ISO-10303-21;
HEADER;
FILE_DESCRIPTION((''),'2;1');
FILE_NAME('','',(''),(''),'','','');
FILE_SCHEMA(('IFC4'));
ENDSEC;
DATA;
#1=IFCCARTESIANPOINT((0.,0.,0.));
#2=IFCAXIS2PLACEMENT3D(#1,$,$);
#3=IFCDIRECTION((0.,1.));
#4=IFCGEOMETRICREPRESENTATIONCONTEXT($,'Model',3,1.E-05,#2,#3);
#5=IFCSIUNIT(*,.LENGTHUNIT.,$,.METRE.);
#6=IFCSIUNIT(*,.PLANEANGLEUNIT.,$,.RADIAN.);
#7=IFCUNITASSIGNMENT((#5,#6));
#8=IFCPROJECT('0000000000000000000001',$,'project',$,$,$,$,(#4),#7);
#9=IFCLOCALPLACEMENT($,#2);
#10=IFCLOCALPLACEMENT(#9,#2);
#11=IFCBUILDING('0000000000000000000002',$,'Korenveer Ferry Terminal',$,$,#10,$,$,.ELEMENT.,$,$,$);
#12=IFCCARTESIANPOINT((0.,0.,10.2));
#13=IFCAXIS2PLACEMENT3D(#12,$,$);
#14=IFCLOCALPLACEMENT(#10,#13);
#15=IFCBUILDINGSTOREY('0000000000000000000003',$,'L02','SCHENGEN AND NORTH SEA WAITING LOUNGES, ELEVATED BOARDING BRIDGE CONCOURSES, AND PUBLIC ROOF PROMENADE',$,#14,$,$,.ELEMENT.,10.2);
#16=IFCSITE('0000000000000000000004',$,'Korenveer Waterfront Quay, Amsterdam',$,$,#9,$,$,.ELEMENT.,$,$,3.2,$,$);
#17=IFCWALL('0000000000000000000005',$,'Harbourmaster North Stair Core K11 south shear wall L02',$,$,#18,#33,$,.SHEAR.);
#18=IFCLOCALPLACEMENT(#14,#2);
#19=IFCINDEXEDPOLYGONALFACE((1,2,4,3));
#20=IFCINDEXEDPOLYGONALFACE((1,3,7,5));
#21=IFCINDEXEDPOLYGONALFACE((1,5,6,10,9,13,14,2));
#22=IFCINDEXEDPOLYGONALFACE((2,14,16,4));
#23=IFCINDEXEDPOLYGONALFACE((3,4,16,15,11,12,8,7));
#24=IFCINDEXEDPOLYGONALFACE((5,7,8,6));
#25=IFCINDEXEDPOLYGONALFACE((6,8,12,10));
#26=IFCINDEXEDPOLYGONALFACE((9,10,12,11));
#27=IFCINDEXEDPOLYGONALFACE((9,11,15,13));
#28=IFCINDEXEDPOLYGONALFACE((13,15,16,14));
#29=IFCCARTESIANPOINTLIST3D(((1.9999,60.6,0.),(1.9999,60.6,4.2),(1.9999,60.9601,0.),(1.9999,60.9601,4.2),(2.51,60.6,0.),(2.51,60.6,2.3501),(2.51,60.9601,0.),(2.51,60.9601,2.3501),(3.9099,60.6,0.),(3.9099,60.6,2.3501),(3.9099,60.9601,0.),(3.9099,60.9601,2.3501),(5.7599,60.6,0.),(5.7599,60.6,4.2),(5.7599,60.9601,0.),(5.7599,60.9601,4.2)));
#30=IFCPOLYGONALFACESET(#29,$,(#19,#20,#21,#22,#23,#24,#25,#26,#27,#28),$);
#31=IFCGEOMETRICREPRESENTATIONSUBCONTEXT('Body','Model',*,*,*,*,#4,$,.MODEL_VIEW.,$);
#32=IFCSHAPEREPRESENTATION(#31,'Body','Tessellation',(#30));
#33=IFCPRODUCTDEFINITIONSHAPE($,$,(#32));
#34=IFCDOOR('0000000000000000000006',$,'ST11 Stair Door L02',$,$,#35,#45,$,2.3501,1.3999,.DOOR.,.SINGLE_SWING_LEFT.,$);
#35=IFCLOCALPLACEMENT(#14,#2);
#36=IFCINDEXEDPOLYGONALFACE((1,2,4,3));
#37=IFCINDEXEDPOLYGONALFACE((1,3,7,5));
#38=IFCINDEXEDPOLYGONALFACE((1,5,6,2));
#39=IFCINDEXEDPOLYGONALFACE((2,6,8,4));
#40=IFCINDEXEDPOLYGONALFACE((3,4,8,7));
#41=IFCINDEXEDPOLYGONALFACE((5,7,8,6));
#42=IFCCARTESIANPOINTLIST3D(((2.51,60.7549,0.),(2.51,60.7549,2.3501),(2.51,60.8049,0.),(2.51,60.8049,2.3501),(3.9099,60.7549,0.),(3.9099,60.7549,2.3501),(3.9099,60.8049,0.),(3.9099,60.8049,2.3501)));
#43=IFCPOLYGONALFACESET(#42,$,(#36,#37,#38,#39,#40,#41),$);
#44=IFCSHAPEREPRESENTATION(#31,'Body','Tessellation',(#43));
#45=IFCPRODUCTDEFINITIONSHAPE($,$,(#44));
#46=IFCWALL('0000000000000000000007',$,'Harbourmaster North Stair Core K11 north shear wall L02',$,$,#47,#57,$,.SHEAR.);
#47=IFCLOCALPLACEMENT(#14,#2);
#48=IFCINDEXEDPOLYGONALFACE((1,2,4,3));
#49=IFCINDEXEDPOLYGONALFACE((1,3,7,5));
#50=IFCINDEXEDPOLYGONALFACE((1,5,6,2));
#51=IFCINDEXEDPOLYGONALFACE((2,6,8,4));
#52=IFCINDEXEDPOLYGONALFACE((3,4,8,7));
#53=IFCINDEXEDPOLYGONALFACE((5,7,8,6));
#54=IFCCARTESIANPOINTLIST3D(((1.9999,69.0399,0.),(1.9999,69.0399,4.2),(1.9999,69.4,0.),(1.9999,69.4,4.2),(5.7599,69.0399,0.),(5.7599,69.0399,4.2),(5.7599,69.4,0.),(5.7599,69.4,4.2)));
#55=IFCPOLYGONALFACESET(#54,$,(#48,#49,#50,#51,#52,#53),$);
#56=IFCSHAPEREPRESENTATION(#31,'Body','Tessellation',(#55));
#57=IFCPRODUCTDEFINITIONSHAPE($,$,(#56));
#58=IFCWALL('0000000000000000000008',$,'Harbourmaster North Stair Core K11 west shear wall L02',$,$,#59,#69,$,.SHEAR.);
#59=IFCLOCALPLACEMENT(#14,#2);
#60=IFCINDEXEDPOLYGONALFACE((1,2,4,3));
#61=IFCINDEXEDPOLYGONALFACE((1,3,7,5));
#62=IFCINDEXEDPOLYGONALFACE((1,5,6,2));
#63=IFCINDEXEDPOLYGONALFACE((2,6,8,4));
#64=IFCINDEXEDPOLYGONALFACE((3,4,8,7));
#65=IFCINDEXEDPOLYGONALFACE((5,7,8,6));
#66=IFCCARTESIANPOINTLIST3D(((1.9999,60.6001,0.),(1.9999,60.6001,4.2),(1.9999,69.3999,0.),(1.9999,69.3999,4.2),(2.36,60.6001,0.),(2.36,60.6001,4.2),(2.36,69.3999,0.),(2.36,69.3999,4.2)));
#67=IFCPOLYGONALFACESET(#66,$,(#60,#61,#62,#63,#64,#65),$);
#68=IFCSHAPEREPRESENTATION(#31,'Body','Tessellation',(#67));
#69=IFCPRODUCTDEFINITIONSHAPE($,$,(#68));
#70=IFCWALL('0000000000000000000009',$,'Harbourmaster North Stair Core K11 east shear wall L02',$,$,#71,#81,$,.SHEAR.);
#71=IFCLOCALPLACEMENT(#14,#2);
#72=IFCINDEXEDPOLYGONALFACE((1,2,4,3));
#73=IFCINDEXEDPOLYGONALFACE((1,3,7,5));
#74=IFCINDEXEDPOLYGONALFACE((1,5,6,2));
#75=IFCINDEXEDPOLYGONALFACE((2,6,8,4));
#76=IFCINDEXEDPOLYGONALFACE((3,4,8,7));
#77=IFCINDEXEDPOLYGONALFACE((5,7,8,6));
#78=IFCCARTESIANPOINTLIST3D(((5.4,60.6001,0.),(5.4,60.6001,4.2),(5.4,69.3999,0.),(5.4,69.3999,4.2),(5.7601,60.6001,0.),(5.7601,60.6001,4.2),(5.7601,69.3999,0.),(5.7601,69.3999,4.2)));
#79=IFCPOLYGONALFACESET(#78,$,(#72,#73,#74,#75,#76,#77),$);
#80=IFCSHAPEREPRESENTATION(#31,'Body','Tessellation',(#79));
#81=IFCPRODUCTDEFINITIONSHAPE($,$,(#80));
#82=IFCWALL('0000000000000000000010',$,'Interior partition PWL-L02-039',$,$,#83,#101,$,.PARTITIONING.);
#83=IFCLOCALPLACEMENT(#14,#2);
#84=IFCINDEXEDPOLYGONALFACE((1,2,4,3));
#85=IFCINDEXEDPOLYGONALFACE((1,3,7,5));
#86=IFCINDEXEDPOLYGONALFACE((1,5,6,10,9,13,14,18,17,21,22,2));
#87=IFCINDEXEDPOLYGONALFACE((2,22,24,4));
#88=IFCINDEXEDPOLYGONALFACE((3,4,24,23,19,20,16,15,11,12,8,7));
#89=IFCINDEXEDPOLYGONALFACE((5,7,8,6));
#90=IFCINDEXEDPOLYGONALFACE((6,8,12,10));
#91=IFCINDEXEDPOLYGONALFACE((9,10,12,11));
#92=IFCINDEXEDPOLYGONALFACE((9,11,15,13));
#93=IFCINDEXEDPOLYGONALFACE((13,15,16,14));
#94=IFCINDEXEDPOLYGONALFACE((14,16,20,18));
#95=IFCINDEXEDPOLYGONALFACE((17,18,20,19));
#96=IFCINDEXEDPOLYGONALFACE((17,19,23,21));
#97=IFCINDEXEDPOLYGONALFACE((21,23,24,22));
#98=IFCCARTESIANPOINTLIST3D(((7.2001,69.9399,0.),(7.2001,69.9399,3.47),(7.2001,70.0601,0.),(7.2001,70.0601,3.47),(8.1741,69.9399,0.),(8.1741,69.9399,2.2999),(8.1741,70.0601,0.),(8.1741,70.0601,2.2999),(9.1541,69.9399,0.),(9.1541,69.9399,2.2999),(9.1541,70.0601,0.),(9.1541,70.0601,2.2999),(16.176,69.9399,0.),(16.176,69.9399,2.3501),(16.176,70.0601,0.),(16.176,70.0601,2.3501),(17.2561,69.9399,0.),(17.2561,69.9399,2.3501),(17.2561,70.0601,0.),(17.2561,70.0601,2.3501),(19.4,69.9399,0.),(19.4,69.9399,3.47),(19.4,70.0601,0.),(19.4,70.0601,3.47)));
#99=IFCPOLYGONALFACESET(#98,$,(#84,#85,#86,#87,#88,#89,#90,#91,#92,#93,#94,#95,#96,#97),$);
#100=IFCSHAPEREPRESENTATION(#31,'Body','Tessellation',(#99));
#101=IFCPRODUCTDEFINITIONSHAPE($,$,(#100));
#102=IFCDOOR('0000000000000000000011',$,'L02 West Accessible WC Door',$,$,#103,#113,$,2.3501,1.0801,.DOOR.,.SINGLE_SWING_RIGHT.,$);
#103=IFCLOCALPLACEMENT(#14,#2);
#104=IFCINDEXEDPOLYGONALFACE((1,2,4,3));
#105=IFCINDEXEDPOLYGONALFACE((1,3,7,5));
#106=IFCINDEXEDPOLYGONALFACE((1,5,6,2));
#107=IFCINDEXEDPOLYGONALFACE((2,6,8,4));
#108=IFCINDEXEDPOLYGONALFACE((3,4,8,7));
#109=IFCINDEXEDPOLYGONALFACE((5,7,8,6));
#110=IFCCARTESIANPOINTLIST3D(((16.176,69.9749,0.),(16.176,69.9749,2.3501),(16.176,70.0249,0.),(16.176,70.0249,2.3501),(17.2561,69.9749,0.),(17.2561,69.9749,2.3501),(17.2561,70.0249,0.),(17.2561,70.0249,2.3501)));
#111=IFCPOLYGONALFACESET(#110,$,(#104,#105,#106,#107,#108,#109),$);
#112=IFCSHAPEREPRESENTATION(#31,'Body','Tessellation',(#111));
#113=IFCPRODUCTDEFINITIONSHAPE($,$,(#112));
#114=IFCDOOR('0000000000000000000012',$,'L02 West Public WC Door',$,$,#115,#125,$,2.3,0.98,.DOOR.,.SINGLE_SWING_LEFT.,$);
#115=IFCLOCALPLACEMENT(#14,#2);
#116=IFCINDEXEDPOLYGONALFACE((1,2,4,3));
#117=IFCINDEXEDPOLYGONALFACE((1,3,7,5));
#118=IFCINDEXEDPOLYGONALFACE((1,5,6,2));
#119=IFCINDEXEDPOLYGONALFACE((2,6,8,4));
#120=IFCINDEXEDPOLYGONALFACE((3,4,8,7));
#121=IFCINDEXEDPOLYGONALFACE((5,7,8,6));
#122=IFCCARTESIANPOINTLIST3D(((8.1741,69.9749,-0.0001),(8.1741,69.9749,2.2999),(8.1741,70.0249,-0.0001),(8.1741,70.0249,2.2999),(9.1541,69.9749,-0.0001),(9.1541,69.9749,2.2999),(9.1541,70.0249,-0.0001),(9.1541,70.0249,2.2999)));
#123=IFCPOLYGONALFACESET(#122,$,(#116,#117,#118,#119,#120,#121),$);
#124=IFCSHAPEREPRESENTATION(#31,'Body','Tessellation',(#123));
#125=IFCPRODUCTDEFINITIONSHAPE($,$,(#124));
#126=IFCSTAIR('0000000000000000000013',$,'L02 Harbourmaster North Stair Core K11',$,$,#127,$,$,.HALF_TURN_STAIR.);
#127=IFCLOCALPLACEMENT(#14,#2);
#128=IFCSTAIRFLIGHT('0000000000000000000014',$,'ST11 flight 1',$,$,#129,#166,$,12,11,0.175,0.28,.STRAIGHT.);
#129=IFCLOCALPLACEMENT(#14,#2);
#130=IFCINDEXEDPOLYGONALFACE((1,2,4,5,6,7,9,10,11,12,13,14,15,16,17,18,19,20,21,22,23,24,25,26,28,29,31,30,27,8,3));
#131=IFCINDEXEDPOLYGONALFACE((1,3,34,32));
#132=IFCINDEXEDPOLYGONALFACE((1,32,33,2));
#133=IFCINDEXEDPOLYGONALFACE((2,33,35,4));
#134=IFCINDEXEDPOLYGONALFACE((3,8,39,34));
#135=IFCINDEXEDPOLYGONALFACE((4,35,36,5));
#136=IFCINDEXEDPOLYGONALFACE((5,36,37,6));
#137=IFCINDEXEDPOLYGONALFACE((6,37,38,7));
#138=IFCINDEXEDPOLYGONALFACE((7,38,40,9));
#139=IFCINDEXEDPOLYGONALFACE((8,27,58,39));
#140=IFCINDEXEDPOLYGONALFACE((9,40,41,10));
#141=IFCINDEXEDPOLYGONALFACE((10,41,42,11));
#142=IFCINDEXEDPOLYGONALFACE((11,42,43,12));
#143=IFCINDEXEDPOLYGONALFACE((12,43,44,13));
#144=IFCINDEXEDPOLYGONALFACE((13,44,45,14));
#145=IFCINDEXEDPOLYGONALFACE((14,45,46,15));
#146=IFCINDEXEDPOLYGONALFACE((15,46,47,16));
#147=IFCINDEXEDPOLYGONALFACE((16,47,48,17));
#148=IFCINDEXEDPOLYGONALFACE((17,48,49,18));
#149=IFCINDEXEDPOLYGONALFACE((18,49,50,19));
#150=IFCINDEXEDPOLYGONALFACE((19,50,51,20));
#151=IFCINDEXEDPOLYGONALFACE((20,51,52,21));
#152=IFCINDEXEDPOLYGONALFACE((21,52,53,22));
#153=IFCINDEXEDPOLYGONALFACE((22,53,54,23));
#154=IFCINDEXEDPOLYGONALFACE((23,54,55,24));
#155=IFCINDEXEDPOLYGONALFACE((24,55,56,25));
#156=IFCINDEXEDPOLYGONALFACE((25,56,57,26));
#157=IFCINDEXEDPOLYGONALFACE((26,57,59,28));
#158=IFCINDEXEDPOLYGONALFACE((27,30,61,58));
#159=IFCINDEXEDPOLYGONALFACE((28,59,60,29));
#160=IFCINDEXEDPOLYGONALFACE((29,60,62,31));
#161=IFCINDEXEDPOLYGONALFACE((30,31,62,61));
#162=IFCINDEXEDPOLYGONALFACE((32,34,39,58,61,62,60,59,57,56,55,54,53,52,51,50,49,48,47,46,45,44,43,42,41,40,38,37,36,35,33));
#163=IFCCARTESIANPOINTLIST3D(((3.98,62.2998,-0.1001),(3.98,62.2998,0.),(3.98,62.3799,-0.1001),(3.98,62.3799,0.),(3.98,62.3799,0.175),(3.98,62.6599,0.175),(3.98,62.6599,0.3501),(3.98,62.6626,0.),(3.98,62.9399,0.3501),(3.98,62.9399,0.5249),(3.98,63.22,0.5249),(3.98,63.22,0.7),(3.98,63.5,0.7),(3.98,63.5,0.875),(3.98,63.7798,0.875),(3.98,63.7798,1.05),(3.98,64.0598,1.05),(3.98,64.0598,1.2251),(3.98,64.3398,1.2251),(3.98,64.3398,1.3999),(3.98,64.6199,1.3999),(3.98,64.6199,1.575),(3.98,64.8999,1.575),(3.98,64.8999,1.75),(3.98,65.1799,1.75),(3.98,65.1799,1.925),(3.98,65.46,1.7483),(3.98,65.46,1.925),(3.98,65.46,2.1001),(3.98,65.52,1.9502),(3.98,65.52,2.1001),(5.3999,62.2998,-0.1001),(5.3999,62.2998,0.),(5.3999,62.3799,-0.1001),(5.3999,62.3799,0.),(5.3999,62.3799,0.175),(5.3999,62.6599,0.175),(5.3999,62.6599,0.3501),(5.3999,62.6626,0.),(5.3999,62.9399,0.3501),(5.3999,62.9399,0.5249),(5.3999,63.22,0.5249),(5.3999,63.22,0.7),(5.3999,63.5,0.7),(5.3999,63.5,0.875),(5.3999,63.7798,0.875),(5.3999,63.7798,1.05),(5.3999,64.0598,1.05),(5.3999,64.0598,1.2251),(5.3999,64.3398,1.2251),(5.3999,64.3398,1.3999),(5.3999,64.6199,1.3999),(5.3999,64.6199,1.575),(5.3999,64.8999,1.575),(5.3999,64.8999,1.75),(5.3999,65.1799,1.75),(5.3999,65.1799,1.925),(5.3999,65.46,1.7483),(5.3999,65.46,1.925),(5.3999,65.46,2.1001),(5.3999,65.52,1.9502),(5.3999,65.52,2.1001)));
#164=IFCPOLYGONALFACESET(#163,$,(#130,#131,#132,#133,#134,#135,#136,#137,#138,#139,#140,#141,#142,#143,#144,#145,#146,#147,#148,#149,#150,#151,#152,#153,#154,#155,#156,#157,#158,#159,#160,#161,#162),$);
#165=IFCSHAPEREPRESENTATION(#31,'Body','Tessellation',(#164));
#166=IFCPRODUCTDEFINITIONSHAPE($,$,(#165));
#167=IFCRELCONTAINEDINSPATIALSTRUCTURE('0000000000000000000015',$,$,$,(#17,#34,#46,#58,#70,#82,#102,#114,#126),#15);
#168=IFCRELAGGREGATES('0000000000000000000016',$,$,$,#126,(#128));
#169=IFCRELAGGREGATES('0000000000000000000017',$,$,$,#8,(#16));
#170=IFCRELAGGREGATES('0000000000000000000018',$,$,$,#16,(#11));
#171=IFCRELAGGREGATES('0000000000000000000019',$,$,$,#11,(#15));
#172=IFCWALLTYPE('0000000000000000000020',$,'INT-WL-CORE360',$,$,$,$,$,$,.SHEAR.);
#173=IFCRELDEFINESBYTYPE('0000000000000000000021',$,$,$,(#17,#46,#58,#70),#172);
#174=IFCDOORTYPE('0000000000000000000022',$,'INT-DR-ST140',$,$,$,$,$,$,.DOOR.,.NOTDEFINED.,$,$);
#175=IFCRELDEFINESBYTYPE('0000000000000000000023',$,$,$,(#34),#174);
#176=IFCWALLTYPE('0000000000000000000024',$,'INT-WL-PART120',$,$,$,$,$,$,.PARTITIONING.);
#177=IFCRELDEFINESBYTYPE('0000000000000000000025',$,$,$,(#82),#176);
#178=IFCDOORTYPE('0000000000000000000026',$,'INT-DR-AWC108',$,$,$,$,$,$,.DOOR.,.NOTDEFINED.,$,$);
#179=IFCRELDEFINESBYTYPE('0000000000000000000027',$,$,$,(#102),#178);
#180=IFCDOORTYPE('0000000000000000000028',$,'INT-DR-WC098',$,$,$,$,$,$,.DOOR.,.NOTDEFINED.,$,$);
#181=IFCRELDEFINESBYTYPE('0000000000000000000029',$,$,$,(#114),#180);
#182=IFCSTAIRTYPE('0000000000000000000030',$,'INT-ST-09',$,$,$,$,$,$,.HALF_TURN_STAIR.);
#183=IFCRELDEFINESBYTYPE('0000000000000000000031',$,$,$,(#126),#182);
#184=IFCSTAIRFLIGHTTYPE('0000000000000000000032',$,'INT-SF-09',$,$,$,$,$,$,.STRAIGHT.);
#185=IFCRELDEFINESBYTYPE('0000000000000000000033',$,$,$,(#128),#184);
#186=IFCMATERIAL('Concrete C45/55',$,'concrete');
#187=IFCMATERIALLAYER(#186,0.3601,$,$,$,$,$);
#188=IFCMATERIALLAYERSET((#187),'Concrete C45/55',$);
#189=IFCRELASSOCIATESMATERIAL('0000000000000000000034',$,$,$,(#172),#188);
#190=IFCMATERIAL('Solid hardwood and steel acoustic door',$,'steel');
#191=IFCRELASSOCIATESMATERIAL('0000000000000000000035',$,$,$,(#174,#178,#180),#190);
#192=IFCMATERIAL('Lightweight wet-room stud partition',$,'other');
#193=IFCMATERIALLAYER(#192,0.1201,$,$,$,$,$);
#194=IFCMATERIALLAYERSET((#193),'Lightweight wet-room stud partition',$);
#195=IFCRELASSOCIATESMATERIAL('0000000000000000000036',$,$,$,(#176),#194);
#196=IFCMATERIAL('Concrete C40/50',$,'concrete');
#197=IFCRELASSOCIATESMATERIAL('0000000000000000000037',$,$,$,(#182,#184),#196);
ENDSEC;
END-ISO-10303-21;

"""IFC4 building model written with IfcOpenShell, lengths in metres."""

from ifc_helpers import new_model, si_unit, direction, frame, frame_2d, origin, place, context, subcontext, project, spatial, polyline, rectangle, outline, extrude, material, layer, layer_set, type_object, element, fill, aggregate, save


model = new_model("IFC4")

# Units and contexts
model_context = context("Model", 3, precision=1e-05, world=origin(), true_north=direction((0.0, 1.0)))
body_context = subcontext(model_context, "Body", "Model", "MODEL_VIEW")
ifc_project = project(units=[si_unit("LENGTHUNIT", "METRE"), si_unit("PLANEANGLEUNIT", "RADIAN")], contexts=[model_context])

# Site, building, storey
site_placement = place(None, origin())
site = spatial("IfcSite", under=ifc_project, at=site_placement, Name="Korenveer Waterfront Quay, Amsterdam", CompositionType="ELEMENT", RefElevation=3.2)
building_placement = place(site_placement, origin())
building = spatial("IfcBuilding", under=site, at=building_placement, Name="Korenveer Ferry Terminal", CompositionType="ELEMENT")
storey_placement = place(building_placement, frame((0.0, 0.0, 10.2)))
storey = spatial("IfcBuildingStorey", under=building, at=storey_placement, Name="L02", Description="SCHENGEN AND NORTH SEA WAITING LOUNGES, ELEVATED BOARDING BRIDGE CONCOURSES, AND PUBLIC ROOF PROMENADE", CompositionType="ELEMENT", Elevation=10.2)

# Shared definitions
ifc_material_1 = material(Name="Concrete C45/55", Category="concrete")

# Wall, opening, door
ifc_layer_1 = layer(ifc_material_1, 0.3601)
ifc_layer_set_1 = layer_set([ifc_layer_1], Name="Concrete C45/55")
wall_type_1 = type_object("IfcWallType", Name="INT-WL-CORE360", PredefinedType="SHEAR", material=ifc_layer_set_1)
wall_1_placement = place(storey_placement, frame((2.0, 60.78, 0.0), z_axis=(0.0, 0.0, 1.0), x_axis=(1.0, 0.0, 0.0)))
wall_1 = element("IfcWall", 1, at=wall_1_placement, inside=storey, type_object=wall_type_1, Name="Harbourmaster North Stair Core K11 south shear wall L02", PredefinedType="SHEAR", context=body_context, shape_type="SweptSolid", body=[
    extrude(rectangle(XDim=3.76, YDim=0.3601, at=frame_2d((1.8799, 0.0))), origin(), (0.0, 0.0, 1.0), 4.2),
])
opening_1_placement = place(wall_1_placement, frame((0.51, 0.0, 0.0)))
opening_1 = element("IfcOpeningElement", 2, at=opening_1_placement, cuts=wall_1, PredefinedType="OPENING", context=body_context, shape_type="SweptSolid", body=[
    extrude(rectangle(XDim=1.3999, YDim=2.3501, at=frame_2d((0.7, 1.175))), frame((0.0, 0.1899, 0.0), z_axis=(0.0, -1.0, 0.0), x_axis=(1.0, 0.0, 0.0)), (0.0, 0.0, 1.0), 0.3801),
])
ifc_material_2 = material(Name="Solid hardwood and steel acoustic door", Category="steel")
door_type_1 = type_object("IfcDoorType", Name="INT-DR-ST140", OperationType="NOTDEFINED", PredefinedType="DOOR", material=ifc_material_2)
door_1_placement = place(opening_1_placement, origin())
door_1 = element("IfcDoor", 3, at=door_1_placement, inside=storey, type_object=door_type_1, Name="ST11 Stair Door L02", OperationType="SINGLE_SWING_LEFT", OverallHeight=2.3501, OverallWidth=1.3999, PredefinedType="DOOR", context=body_context, shape_type="SweptSolid", body=[
    extrude(rectangle(XDim=1.3999, YDim=2.3501, at=frame_2d((0.7, 1.175))), frame((0.0, 0.0249, 0.0), z_axis=(0.0, -1.0, 0.0), x_axis=(1.0, 0.0, 0.0)), (0.0, 0.0, 1.0), 0.05),
])
fill(opening_1, door_1)

# Walls
wall_2_placement = place(storey_placement, frame((2.0, 69.22, 0.0), z_axis=(0.0, 0.0, 1.0), x_axis=(1.0, 0.0, 0.0)))
element("IfcWall", 4, at=wall_2_placement, inside=storey, type_object=wall_type_1, Name="Harbourmaster North Stair Core K11 north shear wall L02", PredefinedType="SHEAR", context=body_context, shape_type="SweptSolid", body=[
    extrude(rectangle(XDim=3.76, YDim=0.3601, at=frame_2d((1.8799, 0.0))), origin(), (0.0, 0.0, 1.0), 4.2),
])
for number, where, z_axis, x_axis, name in (
    (5, (2.1799, 60.6001, 0.0), (0.0, 0.0, 1.0), (0.0, 1.0, 0.0), "Harbourmaster North Stair Core K11 west shear wall L02"),
    (6, (5.5801, 60.6001, 0.0), (0.0, 0.0, 1.0), (0.0, 1.0, 0.0), "Harbourmaster North Stair Core K11 east shear wall L02"),
):
    element("IfcWall", number, at=place(storey_placement, frame(where, z_axis=z_axis, x_axis=x_axis)), inside=storey, type_object=wall_type_1, Name=name, PredefinedType="SHEAR", context=body_context, shape_type="SweptSolid", body=[
        extrude(rectangle(XDim=8.7998, YDim=0.3601, at=frame_2d((4.3999, 0.0))), origin(), (0.0, 0.0, 1.0), 4.2),
    ])

# Wall, openings, doors
ifc_material_3 = material(Name="Lightweight wet-room stud partition", Category="other")
ifc_layer_2 = layer(ifc_material_3, 0.1201)
ifc_layer_set_2 = layer_set([ifc_layer_2], Name="Lightweight wet-room stud partition")
wall_type_2 = type_object("IfcWallType", Name="INT-WL-PART120", PredefinedType="PARTITIONING", material=ifc_layer_set_2)
wall_3_placement = place(storey_placement, frame((7.2, 70.0, 0.0), z_axis=(0.0, 0.0, 1.0), x_axis=(1.0, 0.0, 0.0)))
wall_3 = element("IfcWall", 7, at=wall_3_placement, inside=storey, type_object=wall_type_2, Name="Interior partition PWL-L02-039", PredefinedType="PARTITIONING", context=body_context, shape_type="SweptSolid", body=[
    extrude(rectangle(XDim=12.2, YDim=0.1201, at=frame_2d((6.1001, 0.0))), origin(), (0.0, 0.0, 1.0), 3.47),
])
opening_2_placement = place(wall_3_placement, frame((0.9741, 0.0, 0.0)))
opening_2 = element("IfcOpeningElement", 8, at=opening_2_placement, cuts=wall_3, PredefinedType="OPENING", context=body_context, shape_type="SweptSolid", body=[
    extrude(rectangle(XDim=0.98, YDim=2.3, at=frame_2d((0.49, 1.1499))), frame((0.0, 0.0701, 0.0), z_axis=(0.0, -1.0, 0.0), x_axis=(1.0, 0.0, 0.0)), (0.0, 0.0, 1.0), 0.1401),
])
opening_3_placement = place(wall_3_placement, frame((8.9761, 0.0, 0.0)))
opening_3 = element("IfcOpeningElement", 9, at=opening_3_placement, cuts=wall_3, PredefinedType="OPENING", context=body_context, shape_type="SweptSolid", body=[
    extrude(rectangle(XDim=1.0801, YDim=2.3501, at=frame_2d((0.54, 1.175))), frame((0.0, 0.0701, 0.0), z_axis=(0.0, -1.0, 0.0), x_axis=(1.0, 0.0, 0.0)), (0.0, 0.0, 1.0), 0.1401),
])
door_type_2 = type_object("IfcDoorType", Name="INT-DR-AWC108", OperationType="NOTDEFINED", PredefinedType="DOOR", material=ifc_material_2)
door_2_placement = place(opening_3_placement, origin())
door_2 = element("IfcDoor", 10, at=door_2_placement, inside=storey, type_object=door_type_2, Name="L02 West Accessible WC Door", OperationType="SINGLE_SWING_RIGHT", OverallHeight=2.3501, OverallWidth=1.0801, PredefinedType="DOOR", context=body_context, shape_type="SweptSolid", body=[
    extrude(rectangle(XDim=1.0801, YDim=2.3501, at=frame_2d((0.54, 1.175))), frame((0.0, 0.0249, 0.0), z_axis=(0.0, -1.0, 0.0), x_axis=(1.0, 0.0, 0.0)), (0.0, 0.0, 1.0), 0.05),
])
fill(opening_3, door_2)
door_type_3 = type_object("IfcDoorType", Name="INT-DR-WC098", OperationType="NOTDEFINED", PredefinedType="DOOR", material=ifc_material_2)
door_3_placement = place(opening_2_placement, origin())
door_3 = element("IfcDoor", 11, at=door_3_placement, inside=storey, type_object=door_type_3, Name="L02 West Public WC Door", OperationType="SINGLE_SWING_LEFT", OverallHeight=2.3, OverallWidth=0.98, PredefinedType="DOOR", context=body_context, shape_type="SweptSolid", body=[
    extrude(rectangle(XDim=0.98, YDim=2.3, at=frame_2d((0.49, 1.1499))), frame((0.0, 0.0249, 0.0), z_axis=(0.0, -1.0, 0.0), x_axis=(1.0, 0.0, 0.0)), (0.0, 0.0, 1.0), 0.05),
])
fill(opening_2, door_3)

# Stair, stair flight
ifc_material_4 = material(Name="Concrete C40/50", Category="concrete")
stair_type = type_object("IfcStairType", Name="INT-ST-09", PredefinedType="HALF_TURN_STAIR", material=ifc_material_4)
stair_placement = place(storey_placement, frame((4.6899, 62.3799, 0.0)))
stair = element("IfcStair", 12, at=stair_placement, inside=storey, type_object=stair_type, Name="L02 Harbourmaster North Stair Core K11", PredefinedType="HALF_TURN_STAIR")
stair_flight_type = type_object("IfcStairFlightType", Name="INT-SF-09", PredefinedType="STRAIGHT", material=ifc_material_4)
stair_flight_1_placement = place(storey_placement, frame((4.6899, 62.3799, 0.0), z_axis=(0.0, 0.0, 1.0), x_axis=(0.0, 1.0, 0.0)))
stair_flight_1 = element("IfcStairFlight", 13, at=stair_flight_1_placement, type_object=stair_flight_type, Name="ST11 flight 1", NumberOfRisers=12, NumberOfTreads=11, PredefinedType="STRAIGHT", RiserHeight=0.175, TreadLength=0.28, context=body_context, shape_type="SweptSolid", body=[
    extrude(outline(polyline([(-0.0801, 0.0), (0.0, 0.0), (0.0, 0.175), (0.28, 0.175), (0.28, 0.3501), (0.5601, 0.3501), (0.5601, 0.5249), (0.8401, 0.5249), (0.8401, 0.7), (1.1201, 0.7), (1.1201, 0.875), (1.3999, 0.875), (1.3999, 1.05), (1.6799, 1.05), (1.6799, 1.2251), (1.96, 1.2251), (1.96, 1.3999), (2.24, 1.3999), (2.24, 1.575), (2.52, 1.575), (2.52, 1.75), (2.8, 1.75), (2.8, 1.925), (3.0801, 1.925), (3.0801, 2.1001), (3.1401, 2.1001), (3.1401, 1.9502), (3.0801, 1.7483), (0.2827, 0.0), (0.0, -0.1001), (-0.0801, -0.1001), (-0.0801, 0.0)])), frame((0.0, 0.71, 0.0), z_axis=(0.0, -1.0, 0.0), x_axis=(1.0, 0.0, 0.0)), (0.0, 0.0, 1.0), 1.4199),
])
aggregate(stair, [stair_flight_1])

save(model, "model.ifc")
